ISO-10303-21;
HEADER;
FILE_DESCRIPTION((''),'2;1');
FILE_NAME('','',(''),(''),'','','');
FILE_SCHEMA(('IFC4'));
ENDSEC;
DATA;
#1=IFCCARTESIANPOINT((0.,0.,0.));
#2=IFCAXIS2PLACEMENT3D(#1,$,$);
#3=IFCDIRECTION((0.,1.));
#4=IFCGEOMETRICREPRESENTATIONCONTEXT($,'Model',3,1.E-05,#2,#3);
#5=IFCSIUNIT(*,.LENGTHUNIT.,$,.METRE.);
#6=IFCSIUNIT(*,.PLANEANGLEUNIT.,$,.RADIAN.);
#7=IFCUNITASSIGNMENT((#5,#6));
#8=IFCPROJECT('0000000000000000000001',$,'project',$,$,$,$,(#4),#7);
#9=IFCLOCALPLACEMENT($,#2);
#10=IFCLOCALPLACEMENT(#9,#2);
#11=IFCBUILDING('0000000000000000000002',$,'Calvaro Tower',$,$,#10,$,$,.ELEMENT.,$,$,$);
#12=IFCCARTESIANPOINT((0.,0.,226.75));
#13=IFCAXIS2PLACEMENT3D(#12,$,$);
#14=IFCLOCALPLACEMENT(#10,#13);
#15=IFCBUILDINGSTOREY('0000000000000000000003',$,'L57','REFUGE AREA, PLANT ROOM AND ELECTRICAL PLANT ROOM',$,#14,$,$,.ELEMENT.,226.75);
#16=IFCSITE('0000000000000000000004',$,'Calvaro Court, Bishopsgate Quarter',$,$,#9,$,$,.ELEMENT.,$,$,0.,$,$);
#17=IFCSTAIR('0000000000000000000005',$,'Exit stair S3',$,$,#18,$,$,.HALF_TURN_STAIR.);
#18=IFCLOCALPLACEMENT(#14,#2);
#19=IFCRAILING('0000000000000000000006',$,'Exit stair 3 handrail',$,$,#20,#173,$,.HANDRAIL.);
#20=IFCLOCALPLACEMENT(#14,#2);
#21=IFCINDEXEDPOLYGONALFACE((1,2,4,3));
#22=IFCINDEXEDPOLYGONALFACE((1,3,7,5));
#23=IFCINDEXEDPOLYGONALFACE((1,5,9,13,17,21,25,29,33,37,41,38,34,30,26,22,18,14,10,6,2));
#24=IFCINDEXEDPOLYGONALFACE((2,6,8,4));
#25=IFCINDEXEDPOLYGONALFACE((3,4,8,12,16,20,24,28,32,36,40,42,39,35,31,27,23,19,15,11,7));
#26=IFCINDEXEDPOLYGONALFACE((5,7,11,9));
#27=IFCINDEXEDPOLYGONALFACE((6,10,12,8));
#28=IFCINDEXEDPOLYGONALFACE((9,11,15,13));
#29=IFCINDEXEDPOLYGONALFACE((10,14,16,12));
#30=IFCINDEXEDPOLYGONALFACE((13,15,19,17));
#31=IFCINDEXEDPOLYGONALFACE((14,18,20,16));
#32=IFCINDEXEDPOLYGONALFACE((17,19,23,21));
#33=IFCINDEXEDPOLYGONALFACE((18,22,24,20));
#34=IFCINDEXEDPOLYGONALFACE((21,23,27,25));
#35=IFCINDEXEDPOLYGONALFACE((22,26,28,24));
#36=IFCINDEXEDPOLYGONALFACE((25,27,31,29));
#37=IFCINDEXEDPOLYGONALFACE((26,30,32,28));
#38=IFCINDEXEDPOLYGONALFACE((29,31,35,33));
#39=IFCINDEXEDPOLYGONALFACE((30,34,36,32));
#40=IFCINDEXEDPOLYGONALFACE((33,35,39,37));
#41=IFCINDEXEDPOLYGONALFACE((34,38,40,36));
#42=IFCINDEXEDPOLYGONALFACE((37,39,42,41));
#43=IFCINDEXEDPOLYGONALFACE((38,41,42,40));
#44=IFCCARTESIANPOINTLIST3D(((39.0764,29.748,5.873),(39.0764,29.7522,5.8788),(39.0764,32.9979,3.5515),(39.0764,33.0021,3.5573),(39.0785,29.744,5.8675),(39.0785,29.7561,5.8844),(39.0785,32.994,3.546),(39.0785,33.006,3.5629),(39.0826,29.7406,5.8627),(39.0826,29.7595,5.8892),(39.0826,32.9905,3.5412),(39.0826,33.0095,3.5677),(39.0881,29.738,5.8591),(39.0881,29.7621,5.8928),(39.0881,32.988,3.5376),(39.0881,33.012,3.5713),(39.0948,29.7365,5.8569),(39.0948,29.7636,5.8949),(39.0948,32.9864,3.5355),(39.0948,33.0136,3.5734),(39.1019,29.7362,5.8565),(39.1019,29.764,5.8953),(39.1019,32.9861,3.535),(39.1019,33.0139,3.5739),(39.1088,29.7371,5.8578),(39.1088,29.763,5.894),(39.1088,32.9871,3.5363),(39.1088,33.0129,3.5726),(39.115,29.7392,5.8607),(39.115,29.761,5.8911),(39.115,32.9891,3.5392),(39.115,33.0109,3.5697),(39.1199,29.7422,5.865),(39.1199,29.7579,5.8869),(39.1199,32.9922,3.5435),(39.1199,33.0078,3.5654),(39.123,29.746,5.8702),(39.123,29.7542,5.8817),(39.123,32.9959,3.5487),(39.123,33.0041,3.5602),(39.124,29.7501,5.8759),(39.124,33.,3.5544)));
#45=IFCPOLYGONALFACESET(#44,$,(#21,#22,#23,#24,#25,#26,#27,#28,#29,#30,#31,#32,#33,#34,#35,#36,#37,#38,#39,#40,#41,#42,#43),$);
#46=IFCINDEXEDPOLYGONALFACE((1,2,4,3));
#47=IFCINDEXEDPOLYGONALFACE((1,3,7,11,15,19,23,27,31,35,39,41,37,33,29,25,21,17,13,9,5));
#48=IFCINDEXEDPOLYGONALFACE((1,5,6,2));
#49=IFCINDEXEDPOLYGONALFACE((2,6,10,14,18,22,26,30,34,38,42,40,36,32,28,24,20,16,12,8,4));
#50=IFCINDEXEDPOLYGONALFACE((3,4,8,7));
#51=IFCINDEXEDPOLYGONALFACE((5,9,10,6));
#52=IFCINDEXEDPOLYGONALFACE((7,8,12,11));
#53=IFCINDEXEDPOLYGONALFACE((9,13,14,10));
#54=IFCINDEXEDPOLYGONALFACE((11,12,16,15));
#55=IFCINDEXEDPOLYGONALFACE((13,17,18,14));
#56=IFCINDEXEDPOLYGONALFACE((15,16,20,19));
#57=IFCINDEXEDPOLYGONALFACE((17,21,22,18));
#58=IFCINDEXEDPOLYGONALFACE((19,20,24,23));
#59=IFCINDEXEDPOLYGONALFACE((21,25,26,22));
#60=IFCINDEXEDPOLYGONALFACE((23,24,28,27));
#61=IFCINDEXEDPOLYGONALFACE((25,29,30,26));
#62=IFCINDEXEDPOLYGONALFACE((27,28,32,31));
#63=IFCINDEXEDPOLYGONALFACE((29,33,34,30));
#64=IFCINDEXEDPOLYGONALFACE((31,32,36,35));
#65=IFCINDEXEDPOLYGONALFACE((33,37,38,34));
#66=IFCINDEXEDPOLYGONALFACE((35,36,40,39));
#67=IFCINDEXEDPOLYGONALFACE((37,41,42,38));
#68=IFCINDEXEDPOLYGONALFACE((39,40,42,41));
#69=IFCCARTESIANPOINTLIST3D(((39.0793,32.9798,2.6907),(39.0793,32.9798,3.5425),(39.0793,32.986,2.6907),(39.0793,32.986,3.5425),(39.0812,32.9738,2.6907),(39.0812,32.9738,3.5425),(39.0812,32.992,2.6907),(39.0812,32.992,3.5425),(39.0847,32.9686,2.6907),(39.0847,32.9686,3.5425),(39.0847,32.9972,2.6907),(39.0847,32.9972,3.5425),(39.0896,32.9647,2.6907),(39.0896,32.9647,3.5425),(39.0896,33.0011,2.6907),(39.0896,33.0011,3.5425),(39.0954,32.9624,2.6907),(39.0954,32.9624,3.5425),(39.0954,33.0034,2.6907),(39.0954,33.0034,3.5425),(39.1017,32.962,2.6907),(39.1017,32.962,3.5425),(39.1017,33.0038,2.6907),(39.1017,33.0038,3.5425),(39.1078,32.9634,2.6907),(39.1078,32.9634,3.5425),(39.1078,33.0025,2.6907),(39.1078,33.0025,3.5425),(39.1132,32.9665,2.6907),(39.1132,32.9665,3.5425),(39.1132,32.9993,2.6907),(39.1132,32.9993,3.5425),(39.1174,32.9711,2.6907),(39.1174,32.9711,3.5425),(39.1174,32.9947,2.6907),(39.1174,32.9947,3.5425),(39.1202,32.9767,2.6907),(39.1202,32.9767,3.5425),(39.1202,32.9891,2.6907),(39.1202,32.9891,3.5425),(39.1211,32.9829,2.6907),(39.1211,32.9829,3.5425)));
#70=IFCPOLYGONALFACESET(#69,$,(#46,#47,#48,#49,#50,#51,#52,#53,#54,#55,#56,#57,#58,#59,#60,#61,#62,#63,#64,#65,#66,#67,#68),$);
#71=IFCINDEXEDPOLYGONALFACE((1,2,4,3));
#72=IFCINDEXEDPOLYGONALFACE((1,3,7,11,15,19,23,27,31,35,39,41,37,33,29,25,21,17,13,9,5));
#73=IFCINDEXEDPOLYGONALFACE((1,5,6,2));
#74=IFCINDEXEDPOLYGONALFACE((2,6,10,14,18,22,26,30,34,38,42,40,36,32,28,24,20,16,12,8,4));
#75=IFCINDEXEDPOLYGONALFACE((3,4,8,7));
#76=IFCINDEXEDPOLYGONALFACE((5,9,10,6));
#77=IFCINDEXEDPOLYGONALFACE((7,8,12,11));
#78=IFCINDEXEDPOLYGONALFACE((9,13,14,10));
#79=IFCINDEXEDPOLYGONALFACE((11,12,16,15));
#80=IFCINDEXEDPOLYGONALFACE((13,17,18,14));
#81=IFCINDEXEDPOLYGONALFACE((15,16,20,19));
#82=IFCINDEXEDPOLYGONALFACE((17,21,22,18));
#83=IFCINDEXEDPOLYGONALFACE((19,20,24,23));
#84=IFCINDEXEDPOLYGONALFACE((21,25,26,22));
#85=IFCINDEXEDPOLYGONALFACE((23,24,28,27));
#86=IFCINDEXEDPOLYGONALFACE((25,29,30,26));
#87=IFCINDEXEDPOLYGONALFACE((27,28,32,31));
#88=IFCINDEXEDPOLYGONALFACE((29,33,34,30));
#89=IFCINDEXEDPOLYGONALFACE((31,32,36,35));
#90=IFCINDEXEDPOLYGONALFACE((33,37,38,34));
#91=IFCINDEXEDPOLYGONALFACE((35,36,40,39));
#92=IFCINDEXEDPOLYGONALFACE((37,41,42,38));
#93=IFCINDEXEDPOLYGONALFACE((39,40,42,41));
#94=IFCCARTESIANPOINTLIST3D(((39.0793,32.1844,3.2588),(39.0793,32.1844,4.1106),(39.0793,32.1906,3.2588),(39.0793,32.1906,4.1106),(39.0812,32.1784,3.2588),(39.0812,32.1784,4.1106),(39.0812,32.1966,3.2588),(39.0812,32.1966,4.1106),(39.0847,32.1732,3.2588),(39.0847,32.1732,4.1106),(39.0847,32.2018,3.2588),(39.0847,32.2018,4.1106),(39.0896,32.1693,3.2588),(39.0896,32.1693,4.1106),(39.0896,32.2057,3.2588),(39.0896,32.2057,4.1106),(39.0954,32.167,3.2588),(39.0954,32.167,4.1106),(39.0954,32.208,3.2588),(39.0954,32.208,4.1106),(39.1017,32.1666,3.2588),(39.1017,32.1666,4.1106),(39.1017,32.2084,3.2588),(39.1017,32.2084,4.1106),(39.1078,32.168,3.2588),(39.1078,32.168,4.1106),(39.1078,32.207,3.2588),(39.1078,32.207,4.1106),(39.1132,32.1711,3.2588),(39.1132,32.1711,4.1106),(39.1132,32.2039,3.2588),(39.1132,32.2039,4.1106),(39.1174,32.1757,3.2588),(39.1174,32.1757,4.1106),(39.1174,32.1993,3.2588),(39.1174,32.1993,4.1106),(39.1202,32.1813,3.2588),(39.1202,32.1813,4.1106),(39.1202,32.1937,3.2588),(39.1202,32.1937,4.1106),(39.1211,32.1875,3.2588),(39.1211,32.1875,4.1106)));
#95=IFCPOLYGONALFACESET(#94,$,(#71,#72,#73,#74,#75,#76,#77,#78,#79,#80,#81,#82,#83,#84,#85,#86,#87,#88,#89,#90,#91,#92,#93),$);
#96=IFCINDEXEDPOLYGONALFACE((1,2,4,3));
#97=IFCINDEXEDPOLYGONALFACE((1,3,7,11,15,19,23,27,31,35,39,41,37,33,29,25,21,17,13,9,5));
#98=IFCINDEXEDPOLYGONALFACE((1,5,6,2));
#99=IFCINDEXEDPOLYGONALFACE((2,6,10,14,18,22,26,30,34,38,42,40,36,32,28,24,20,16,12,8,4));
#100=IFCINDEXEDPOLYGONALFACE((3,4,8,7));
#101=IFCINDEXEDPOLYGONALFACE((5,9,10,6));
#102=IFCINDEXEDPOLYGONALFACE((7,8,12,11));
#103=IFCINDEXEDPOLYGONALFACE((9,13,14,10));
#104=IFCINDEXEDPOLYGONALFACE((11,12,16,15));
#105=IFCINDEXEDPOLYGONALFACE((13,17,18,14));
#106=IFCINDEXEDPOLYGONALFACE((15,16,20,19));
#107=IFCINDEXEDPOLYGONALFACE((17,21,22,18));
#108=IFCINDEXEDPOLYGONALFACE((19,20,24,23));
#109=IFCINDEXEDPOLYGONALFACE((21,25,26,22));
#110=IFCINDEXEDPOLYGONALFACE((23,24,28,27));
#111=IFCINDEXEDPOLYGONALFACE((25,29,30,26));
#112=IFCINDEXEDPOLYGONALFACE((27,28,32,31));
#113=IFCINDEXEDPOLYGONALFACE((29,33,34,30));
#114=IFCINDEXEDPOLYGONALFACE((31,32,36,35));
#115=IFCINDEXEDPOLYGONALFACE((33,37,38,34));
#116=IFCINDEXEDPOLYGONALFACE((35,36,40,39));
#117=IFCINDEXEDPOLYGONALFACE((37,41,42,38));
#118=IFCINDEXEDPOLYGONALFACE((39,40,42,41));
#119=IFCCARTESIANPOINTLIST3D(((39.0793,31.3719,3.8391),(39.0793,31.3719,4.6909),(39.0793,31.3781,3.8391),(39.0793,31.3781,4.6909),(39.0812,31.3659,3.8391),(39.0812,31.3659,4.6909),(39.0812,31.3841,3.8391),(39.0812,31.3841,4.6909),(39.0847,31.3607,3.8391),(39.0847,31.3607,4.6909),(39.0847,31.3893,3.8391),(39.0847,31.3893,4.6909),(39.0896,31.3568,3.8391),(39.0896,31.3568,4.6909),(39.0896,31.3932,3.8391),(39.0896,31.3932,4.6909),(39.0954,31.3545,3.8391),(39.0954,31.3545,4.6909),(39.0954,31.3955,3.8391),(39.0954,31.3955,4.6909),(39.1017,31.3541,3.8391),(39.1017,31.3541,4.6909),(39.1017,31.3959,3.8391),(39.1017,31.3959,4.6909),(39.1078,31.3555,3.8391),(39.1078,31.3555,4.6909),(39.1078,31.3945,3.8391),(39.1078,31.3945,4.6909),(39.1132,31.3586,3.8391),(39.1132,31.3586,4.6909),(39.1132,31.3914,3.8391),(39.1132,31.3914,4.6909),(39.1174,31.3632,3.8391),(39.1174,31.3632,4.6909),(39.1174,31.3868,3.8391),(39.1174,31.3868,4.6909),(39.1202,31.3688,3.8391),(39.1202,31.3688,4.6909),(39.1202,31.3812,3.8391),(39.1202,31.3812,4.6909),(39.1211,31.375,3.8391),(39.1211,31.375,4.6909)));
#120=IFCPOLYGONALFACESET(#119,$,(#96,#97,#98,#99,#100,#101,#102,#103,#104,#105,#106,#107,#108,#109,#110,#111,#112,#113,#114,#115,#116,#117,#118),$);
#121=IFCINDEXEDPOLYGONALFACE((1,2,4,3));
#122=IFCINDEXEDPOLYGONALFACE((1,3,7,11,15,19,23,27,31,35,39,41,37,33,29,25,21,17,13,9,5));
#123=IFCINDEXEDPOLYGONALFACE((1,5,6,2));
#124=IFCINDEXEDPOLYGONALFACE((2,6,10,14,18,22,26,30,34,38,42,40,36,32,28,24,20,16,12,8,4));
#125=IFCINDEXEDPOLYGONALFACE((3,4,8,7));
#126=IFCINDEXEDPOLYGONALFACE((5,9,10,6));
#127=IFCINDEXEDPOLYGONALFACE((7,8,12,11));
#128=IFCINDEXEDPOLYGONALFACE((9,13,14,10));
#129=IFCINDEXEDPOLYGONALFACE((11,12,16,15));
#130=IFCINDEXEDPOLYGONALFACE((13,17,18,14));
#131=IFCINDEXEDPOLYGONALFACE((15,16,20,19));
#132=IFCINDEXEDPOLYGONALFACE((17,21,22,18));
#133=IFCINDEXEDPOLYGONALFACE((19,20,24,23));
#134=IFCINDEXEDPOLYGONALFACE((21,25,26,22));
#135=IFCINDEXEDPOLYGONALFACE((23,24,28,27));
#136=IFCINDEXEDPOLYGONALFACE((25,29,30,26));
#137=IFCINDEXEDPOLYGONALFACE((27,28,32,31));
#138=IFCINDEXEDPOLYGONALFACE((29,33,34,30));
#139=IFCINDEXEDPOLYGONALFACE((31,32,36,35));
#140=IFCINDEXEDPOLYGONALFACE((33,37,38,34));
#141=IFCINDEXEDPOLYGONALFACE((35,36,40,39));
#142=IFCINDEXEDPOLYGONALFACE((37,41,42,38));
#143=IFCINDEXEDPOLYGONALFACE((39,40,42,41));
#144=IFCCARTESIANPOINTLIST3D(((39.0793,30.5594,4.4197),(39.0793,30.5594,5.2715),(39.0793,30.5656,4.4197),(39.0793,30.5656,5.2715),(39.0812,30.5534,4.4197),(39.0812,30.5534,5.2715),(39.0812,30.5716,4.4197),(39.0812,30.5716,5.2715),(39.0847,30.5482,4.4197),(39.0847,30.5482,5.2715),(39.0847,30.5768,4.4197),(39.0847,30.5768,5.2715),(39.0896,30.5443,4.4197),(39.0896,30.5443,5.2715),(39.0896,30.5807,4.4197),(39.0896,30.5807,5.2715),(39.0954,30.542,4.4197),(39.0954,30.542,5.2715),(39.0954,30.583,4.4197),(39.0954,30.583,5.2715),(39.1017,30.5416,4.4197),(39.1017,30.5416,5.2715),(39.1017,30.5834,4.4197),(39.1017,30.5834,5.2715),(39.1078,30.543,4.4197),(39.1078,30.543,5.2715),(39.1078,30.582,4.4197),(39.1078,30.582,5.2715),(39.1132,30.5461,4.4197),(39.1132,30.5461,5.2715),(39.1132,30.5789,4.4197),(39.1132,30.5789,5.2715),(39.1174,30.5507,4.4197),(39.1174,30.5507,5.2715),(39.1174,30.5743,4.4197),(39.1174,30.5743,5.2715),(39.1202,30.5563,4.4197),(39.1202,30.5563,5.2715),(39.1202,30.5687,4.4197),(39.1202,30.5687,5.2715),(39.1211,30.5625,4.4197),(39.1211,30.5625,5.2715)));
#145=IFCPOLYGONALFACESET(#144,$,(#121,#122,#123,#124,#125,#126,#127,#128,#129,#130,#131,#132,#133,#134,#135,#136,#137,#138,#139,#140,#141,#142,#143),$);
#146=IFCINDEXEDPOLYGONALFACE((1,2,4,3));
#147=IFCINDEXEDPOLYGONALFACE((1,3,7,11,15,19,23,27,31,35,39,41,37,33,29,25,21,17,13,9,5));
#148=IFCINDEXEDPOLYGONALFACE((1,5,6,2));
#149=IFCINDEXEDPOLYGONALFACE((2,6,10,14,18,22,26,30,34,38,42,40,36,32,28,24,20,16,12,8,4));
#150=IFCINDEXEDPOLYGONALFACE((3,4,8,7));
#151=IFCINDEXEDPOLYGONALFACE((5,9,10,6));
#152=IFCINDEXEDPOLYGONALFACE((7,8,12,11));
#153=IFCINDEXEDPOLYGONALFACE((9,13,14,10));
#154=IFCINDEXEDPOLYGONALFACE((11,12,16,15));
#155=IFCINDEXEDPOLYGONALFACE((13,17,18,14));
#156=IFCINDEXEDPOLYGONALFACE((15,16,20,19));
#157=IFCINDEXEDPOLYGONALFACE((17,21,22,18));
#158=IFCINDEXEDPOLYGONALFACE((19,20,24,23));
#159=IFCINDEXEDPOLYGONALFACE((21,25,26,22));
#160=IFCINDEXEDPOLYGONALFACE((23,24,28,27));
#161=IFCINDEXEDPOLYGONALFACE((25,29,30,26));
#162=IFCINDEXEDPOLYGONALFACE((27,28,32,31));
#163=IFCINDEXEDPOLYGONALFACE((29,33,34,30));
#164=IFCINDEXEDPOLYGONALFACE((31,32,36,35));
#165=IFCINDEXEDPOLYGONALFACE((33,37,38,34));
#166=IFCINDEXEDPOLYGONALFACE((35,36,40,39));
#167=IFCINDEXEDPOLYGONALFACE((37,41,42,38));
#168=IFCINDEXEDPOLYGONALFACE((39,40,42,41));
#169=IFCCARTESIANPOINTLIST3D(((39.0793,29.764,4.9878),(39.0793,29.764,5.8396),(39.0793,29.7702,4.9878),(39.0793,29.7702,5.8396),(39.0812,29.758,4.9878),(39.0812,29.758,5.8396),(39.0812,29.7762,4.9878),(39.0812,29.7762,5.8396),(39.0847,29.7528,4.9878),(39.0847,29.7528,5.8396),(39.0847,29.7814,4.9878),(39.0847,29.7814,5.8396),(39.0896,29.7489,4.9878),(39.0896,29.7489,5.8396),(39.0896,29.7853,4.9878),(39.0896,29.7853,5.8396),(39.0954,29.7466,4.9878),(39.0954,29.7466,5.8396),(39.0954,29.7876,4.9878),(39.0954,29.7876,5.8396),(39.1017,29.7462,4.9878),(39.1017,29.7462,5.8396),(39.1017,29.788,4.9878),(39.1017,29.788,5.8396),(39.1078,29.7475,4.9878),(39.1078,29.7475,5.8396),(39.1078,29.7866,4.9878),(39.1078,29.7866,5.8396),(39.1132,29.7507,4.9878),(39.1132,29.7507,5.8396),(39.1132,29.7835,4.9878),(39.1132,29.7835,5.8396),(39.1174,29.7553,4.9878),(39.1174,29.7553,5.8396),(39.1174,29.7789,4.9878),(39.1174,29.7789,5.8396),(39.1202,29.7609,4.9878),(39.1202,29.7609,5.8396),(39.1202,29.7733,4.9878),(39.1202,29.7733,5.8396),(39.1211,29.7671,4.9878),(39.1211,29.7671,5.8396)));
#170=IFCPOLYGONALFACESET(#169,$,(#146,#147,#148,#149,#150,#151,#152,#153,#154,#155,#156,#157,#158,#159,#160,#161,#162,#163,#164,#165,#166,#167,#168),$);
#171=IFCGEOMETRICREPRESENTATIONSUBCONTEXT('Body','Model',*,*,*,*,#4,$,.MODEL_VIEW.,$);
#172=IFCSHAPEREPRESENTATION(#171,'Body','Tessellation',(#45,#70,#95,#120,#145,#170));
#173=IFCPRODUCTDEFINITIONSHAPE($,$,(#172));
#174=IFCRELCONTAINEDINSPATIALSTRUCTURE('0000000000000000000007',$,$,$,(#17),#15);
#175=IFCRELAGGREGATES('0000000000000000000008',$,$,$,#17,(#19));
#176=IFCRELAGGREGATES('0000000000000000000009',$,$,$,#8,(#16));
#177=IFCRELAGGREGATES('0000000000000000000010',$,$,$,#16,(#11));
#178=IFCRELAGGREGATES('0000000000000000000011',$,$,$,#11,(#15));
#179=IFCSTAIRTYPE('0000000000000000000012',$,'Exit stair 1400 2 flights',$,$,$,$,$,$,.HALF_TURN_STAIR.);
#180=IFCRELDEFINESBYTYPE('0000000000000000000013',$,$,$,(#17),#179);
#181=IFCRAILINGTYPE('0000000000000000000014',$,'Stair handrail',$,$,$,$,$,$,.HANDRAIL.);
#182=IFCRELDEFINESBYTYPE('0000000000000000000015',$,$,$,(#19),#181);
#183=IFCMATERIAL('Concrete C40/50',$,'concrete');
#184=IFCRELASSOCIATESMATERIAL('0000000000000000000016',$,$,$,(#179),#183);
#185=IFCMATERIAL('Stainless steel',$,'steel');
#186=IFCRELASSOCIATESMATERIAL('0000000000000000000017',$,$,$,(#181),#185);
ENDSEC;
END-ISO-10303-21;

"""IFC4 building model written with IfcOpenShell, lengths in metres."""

from ifc_helpers import new_model, si_unit, direction, frame, origin, origin_2d, place, context, subcontext, project, spatial, circle, extrude, material, type_object, element, aggregate, save


model = new_model("IFC4")

# Units and contexts
model_context = context("Model", 3, precision=1e-05, world=origin(), true_north=direction((0.0, 1.0)))
body_context = subcontext(model_context, "Body", "Model", "MODEL_VIEW")
ifc_project = project(units=[si_unit("LENGTHUNIT", "METRE"), si_unit("PLANEANGLEUNIT", "RADIAN")], contexts=[model_context])

# Site, building, storey
site_placement = place(None, origin())
site = spatial("IfcSite", under=ifc_project, at=site_placement, Name="Calvaro Court, Bishopsgate Quarter", CompositionType="ELEMENT", RefElevation=0.0)
building_placement = place(site_placement, origin())
building = spatial("IfcBuilding", under=site, at=building_placement, Name="Calvaro Tower", CompositionType="ELEMENT")
storey_placement = place(building_placement, frame((0.0, 0.0, 226.75)))
storey = spatial("IfcBuildingStorey", under=building, at=storey_placement, Name="L57", Description="REFUGE AREA, PLANT ROOM AND ELECTRICAL PLANT ROOM", CompositionType="ELEMENT", Elevation=226.75)

# Stair
ifc_material_1 = material(Name="Concrete C40/50", Category="concrete")
stair_type = type_object("IfcStairType", Name="Exit stair 1400 2 flights", PredefinedType="HALF_TURN_STAIR", material=ifc_material_1)
stair_1_placement = place(storey_placement, origin())
stair_1 = element("IfcStair", 1, at=stair_1_placement, inside=storey, type_object=stair_type, Name="Exit stair S3", PredefinedType="HALF_TURN_STAIR")

# Railing
ifc_material_2 = material(Name="Stainless steel", Category="steel")
railing_type = type_object("IfcRailingType", Name="Stair handrail", PredefinedType="HANDRAIL", material=ifc_material_2)
railing_1_placement = place(storey_placement, frame((39.1001, 33.0, 2.6785)))
railing_1 = element("IfcRailing", 2, at=railing_1_placement, type_object=railing_type, Name="Exit stair 3 handrail", PredefinedType="HANDRAIL", context=body_context, shape_type="SweptSolid", body=[
    extrude(circle(Radius=0.0239, at=origin_2d()), frame((0.0, 0.0, 0.876), z_axis=(0.0, -0.813721, 0.581256), x_axis=(1.0, 0.0, 0.0)), (0.0, 0.0, 1.0), 3.9939),
    extrude(circle(Radius=0.021, at=origin_2d()), frame((0.0, -0.0171, 0.0122)), (0.0, 0.0, 1.0), 0.8518),
    extrude(circle(Radius=0.021, at=origin_2d()), frame((0.0, -0.8125, 0.5803)), (0.0, 0.0, 1.0), 0.8518),
    extrude(circle(Radius=0.021, at=origin_2d()), frame((0.0, -1.625, 1.1606)), (0.0, 0.0, 1.0), 0.8518),
    extrude(circle(Radius=0.021, at=origin_2d()), frame((0.0, -2.4375, 1.7412)), (0.0, 0.0, 1.0), 0.8518),
    extrude(circle(Radius=0.021, at=origin_2d()), frame((0.0, -3.2329, 2.3093)), (0.0, 0.0, 1.0), 0.8518),
])
aggregate(stair_1, [railing_1])

save(model, "model.ifc")
